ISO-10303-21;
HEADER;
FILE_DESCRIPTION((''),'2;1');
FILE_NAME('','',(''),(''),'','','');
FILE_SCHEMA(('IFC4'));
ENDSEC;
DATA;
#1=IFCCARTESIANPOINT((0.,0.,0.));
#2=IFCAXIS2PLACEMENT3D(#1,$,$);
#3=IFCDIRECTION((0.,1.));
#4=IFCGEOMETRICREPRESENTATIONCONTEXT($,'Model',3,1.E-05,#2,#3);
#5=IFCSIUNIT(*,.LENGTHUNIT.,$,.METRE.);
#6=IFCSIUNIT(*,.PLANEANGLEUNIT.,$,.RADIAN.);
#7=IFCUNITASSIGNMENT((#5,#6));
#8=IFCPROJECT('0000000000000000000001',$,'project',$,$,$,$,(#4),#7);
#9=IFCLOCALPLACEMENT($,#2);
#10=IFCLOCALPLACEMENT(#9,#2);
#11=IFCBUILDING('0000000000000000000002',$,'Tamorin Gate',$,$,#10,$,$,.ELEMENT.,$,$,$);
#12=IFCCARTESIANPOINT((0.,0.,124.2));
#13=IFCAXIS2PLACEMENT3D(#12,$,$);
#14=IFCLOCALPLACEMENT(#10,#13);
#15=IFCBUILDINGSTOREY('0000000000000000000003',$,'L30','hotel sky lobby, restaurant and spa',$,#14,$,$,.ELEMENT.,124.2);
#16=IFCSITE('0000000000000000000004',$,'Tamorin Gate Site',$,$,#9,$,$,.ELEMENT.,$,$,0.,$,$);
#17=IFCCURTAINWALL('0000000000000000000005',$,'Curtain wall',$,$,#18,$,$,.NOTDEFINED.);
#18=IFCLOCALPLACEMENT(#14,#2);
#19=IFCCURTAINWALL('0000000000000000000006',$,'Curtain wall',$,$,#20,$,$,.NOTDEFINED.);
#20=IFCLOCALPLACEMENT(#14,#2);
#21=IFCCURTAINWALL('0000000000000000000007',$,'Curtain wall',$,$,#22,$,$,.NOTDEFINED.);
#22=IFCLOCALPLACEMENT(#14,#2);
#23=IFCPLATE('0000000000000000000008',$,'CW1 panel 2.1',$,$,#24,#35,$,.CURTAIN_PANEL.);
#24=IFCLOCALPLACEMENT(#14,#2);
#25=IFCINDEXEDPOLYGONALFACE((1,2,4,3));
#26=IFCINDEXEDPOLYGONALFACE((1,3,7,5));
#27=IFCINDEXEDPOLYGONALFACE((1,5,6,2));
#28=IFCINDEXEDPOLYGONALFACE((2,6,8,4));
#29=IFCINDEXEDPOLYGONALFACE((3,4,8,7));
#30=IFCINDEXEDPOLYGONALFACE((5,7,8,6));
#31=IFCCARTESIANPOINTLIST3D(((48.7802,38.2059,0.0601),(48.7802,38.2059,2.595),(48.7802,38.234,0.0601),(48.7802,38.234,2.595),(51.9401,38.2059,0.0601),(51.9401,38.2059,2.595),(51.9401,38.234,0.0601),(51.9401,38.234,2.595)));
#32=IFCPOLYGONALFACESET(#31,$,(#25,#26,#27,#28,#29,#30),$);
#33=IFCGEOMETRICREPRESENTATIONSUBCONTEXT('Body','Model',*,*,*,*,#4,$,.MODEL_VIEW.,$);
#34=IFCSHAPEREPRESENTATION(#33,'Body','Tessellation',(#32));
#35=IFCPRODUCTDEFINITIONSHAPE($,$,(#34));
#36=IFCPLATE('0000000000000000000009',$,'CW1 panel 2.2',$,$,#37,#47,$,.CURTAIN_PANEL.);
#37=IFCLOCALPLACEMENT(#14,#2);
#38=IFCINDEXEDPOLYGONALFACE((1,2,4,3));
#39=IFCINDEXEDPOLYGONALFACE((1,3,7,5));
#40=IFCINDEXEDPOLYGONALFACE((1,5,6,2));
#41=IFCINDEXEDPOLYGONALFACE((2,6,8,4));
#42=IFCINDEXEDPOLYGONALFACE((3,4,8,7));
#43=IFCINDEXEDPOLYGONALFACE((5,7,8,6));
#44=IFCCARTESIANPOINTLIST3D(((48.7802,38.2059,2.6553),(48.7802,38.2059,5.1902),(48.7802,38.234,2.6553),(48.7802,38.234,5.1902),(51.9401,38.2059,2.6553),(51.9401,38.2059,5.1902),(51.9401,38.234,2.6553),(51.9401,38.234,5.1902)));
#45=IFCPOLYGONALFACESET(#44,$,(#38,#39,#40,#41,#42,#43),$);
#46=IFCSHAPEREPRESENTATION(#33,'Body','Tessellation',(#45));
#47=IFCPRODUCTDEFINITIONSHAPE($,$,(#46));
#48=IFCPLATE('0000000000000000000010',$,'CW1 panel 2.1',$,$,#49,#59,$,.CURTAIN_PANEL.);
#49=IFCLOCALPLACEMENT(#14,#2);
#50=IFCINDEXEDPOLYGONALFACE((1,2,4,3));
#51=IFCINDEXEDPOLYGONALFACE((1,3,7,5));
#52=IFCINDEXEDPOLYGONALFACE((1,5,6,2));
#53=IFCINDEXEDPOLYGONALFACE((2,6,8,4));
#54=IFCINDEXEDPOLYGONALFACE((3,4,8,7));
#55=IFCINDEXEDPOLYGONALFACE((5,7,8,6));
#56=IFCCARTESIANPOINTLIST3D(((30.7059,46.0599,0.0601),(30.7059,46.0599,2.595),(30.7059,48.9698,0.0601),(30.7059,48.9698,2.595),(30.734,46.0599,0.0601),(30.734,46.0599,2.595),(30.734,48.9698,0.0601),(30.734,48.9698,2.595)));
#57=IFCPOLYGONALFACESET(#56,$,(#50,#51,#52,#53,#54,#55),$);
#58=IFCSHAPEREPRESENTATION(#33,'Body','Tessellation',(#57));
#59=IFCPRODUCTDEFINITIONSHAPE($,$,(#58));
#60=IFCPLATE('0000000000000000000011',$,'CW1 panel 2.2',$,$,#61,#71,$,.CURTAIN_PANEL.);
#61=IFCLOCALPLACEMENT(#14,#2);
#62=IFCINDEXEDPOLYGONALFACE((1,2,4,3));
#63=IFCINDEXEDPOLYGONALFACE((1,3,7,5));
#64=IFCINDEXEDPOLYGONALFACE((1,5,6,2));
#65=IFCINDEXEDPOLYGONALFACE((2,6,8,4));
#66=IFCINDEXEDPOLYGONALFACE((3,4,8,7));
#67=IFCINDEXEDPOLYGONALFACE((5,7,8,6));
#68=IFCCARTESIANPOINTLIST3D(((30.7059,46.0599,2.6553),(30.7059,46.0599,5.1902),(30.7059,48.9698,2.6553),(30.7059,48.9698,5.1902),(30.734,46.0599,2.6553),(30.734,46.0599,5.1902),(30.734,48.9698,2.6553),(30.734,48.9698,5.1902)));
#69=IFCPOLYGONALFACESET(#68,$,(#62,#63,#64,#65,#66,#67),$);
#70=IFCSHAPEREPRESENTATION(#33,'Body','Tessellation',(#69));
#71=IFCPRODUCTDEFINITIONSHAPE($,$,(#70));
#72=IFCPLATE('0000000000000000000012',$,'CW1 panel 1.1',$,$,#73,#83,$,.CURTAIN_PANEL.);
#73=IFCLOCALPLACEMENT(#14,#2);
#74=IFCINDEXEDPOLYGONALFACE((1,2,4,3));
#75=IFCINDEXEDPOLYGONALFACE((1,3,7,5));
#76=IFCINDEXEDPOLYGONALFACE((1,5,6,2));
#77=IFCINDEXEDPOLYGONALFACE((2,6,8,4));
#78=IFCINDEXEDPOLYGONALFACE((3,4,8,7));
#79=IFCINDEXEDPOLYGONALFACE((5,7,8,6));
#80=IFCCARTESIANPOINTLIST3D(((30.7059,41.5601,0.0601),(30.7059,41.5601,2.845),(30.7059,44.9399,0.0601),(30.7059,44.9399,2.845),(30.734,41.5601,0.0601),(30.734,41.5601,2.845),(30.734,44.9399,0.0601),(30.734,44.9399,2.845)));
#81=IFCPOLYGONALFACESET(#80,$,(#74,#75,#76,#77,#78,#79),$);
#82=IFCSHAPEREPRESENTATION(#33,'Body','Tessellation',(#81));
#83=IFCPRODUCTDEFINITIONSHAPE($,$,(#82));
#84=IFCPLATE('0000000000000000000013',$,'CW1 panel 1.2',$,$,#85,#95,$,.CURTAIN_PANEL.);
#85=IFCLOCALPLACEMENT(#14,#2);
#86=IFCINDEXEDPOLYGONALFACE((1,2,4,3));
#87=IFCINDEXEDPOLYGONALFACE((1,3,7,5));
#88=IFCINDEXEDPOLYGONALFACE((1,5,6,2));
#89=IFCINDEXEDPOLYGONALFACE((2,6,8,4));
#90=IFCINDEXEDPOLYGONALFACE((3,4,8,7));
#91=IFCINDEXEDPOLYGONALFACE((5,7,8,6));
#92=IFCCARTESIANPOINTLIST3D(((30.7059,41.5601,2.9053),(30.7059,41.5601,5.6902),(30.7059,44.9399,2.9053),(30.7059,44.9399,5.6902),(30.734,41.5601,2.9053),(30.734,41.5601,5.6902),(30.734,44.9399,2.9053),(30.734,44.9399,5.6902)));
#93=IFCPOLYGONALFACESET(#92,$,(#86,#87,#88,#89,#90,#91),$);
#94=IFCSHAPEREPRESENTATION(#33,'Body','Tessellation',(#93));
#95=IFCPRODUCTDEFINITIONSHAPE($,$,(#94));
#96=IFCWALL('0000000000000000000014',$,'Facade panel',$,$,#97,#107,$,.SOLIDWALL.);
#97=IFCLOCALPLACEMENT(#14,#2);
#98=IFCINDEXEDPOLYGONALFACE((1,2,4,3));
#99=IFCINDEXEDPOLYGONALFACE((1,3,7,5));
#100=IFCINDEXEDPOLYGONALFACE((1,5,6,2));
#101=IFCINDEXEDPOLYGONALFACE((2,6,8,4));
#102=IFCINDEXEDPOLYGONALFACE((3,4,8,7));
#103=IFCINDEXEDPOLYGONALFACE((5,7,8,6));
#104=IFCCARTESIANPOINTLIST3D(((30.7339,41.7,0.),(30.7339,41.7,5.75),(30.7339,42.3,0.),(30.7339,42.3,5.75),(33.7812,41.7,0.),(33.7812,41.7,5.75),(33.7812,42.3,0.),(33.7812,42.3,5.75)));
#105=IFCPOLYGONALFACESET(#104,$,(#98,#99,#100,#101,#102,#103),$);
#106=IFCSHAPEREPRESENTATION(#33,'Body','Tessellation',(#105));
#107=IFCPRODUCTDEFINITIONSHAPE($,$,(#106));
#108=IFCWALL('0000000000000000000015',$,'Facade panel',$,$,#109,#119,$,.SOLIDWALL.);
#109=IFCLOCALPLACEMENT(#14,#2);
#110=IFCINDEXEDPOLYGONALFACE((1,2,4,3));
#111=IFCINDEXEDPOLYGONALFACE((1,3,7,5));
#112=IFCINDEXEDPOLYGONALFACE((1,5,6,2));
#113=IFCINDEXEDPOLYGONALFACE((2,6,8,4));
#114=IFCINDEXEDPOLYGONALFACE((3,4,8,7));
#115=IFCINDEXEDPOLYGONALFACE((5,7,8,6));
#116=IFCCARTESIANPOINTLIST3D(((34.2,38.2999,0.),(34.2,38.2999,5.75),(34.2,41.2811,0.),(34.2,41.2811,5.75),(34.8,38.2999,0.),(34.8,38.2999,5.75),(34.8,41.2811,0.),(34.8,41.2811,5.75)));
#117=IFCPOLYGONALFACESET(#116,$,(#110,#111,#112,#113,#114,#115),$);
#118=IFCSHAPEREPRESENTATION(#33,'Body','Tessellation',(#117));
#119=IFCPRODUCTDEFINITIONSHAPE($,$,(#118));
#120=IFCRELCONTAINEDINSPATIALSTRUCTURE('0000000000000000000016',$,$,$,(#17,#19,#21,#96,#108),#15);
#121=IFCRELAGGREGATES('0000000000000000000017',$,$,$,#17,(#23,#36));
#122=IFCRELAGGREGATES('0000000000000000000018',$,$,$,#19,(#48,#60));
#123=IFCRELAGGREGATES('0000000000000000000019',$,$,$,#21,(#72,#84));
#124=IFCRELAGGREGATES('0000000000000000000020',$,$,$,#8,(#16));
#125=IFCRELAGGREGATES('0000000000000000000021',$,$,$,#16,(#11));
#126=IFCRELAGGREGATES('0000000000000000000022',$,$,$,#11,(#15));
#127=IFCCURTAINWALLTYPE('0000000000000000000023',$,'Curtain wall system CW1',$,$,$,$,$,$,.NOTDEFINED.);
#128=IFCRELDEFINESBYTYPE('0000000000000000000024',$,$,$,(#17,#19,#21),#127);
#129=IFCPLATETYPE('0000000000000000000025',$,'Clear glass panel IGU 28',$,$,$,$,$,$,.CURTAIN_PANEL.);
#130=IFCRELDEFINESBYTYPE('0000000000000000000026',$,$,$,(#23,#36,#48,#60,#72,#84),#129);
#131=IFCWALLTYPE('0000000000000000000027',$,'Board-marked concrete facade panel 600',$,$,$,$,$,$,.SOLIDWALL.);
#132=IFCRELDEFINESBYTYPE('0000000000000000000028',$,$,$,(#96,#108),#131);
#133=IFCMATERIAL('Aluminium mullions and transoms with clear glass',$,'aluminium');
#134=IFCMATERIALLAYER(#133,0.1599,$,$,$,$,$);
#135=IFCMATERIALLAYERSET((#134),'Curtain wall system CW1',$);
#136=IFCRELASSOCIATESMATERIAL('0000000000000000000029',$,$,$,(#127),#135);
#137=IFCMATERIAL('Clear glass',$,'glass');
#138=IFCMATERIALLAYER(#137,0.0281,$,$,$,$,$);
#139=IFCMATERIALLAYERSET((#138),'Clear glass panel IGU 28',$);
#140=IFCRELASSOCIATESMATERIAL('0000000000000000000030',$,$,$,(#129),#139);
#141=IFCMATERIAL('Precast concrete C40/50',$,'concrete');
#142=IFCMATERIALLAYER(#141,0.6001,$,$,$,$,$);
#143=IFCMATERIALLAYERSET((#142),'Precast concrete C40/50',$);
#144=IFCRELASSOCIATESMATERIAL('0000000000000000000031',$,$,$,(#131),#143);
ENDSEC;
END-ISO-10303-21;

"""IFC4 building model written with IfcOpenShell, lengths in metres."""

from ifc_helpers import new_model, si_unit, direction, frame, frame_2d, origin, origin_2d, place, context, subcontext, project, spatial, rectangle, extrude, material, layer, layer_set, type_object, element, aggregate, save


model = new_model("IFC4")

# Units and contexts
model_context = context("Model", 3, precision=1e-05, world=origin(), true_north=direction((0.0, 1.0)))
body_context = subcontext(model_context, "Body", "Model", "MODEL_VIEW")
ifc_project = project(units=[si_unit("LENGTHUNIT", "METRE"), si_unit("PLANEANGLEUNIT", "RADIAN")], contexts=[model_context])

# Site, building, storey
site_placement = place(None, origin())
site = spatial("IfcSite", under=ifc_project, at=site_placement, Name="Tamorin Gate Site", CompositionType="ELEMENT", RefElevation=0.0)
building_placement = place(site_placement, origin())
building = spatial("IfcBuilding", under=site, at=building_placement, Name="Tamorin Gate", CompositionType="ELEMENT")
storey_placement = place(building_placement, frame((0.0, 0.0, 124.2)))
storey = spatial("IfcBuildingStorey", under=building, at=storey_placement, Name="L30", Description="hotel sky lobby, restaurant and spa", CompositionType="ELEMENT", Elevation=124.2)

# Shared definitions
ifc_material_1 = material(Name="Aluminium mullions and transoms with clear glass", Category="aluminium")
ifc_layer_1 = layer(ifc_material_1, 0.1599)
ifc_layer_set_1 = layer_set([ifc_layer_1], Name="Curtain wall system CW1")
curtain_wall_type = type_object("IfcCurtainWallType", Name="Curtain wall system CW1", PredefinedType="NOTDEFINED", material=ifc_layer_set_1)

# Curtain walls
curtain_wall_1_placement = place(storey_placement, origin())
curtain_wall_1 = element("IfcCurtainWall", 1, at=curtain_wall_1_placement, inside=storey, type_object=curtain_wall_type, Name="Curtain wall", PredefinedType="NOTDEFINED")
curtain_wall_2_placement = place(storey_placement, origin())
curtain_wall_2 = element("IfcCurtainWall", 2, at=curtain_wall_2_placement, inside=storey, type_object=curtain_wall_type, Name="Curtain wall", PredefinedType="NOTDEFINED")
curtain_wall_3_placement = place(storey_placement, origin())
curtain_wall_3 = element("IfcCurtainWall", 3, at=curtain_wall_3_placement, inside=storey, type_object=curtain_wall_type, Name="Curtain wall", PredefinedType="NOTDEFINED")

# Plates
ifc_material_2 = material(Name="Clear glass", Category="glass")
ifc_layer_2 = layer(ifc_material_2, 0.0281)
ifc_layer_set_2 = layer_set([ifc_layer_2], Name="Clear glass panel IGU 28")
plate_type = type_object("IfcPlateType", Name="Clear glass panel IGU 28", PredefinedType="CURTAIN_PANEL", material=ifc_layer_set_2)
plate_1_placement = place(storey_placement, frame((50.3601, 38.22, 0.0601), z_axis=(0.0, 0.0, 1.0), x_axis=(1.0, 0.0, 0.0)))
plate_1 = element("IfcPlate", 4, at=plate_1_placement, type_object=plate_type, Name="CW1 panel 2.1", PredefinedType="CURTAIN_PANEL", context=body_context, shape_type="SweptSolid", body=[
    extrude(rectangle(XDim=3.1599, YDim=0.0281, at=origin_2d()), origin(), (0.0, 0.0, 1.0), 2.5349),
])
plate_2_placement = place(storey_placement, frame((50.3601, 38.22, 2.6553), z_axis=(0.0, 0.0, 1.0), x_axis=(1.0, 0.0, 0.0)))
plate_2 = element("IfcPlate", 5, at=plate_2_placement, type_object=plate_type, Name="CW1 panel 2.2", PredefinedType="CURTAIN_PANEL", context=body_context, shape_type="SweptSolid", body=[
    extrude(rectangle(XDim=3.1599, YDim=0.0281, at=origin_2d()), origin(), (0.0, 0.0, 1.0), 2.5349),
])
aggregate(curtain_wall_1, [plate_1, plate_2])
plate_3_placement = place(storey_placement, frame((30.72, 47.5149, 0.0601), z_axis=(0.0, 0.0, 1.0), x_axis=(0.0, -1.0, 0.0)))
plate_3 = element("IfcPlate", 6, at=plate_3_placement, type_object=plate_type, Name="CW1 panel 2.1", PredefinedType="CURTAIN_PANEL", context=body_context, shape_type="SweptSolid", body=[
    extrude(rectangle(XDim=2.9099, YDim=0.0281, at=origin_2d()), origin(), (0.0, 0.0, 1.0), 2.5349),
])
plate_4_placement = place(storey_placement, frame((30.72, 47.5149, 2.6553), z_axis=(0.0, 0.0, 1.0), x_axis=(0.0, -1.0, 0.0)))
plate_4 = element("IfcPlate", 7, at=plate_4_placement, type_object=plate_type, Name="CW1 panel 2.2", PredefinedType="CURTAIN_PANEL", context=body_context, shape_type="SweptSolid", body=[
    extrude(rectangle(XDim=2.9099, YDim=0.0281, at=origin_2d()), origin(), (0.0, 0.0, 1.0), 2.5349),
])
aggregate(curtain_wall_2, [plate_3, plate_4])
plate_5_placement = place(storey_placement, frame((30.72, 43.25, 0.0601), z_axis=(0.0, 0.0, 1.0), x_axis=(0.0, -1.0, 0.0)))
plate_5 = element("IfcPlate", 8, at=plate_5_placement, type_object=plate_type, Name="CW1 panel 1.1", PredefinedType="CURTAIN_PANEL", context=body_context, shape_type="SweptSolid", body=[
    extrude(rectangle(XDim=3.3799, YDim=0.0281, at=origin_2d()), origin(), (0.0, 0.0, 1.0), 2.7849),
])
plate_6_placement = place(storey_placement, frame((30.72, 43.25, 2.9053), z_axis=(0.0, 0.0, 1.0), x_axis=(0.0, -1.0, 0.0)))
plate_6 = element("IfcPlate", 9, at=plate_6_placement, type_object=plate_type, Name="CW1 panel 1.2", PredefinedType="CURTAIN_PANEL", context=body_context, shape_type="SweptSolid", body=[
    extrude(rectangle(XDim=3.3799, YDim=0.0281, at=origin_2d()), origin(), (0.0, 0.0, 1.0), 2.7849),
])
aggregate(curtain_wall_3, [plate_5, plate_6])

# Walls
ifc_material_3 = material(Name="Precast concrete C40/50", Category="concrete")
ifc_layer_3 = layer(ifc_material_3, 0.6001)
ifc_layer_set_3 = layer_set([ifc_layer_3], Name="Precast concrete C40/50")
wall_type = type_object("IfcWallType", Name="Board-marked concrete facade panel 600", PredefinedType="SOLIDWALL", material=ifc_layer_set_3)
wall_1_placement = place(storey_placement, frame((30.7339, 42.0, 0.0), z_axis=(0.0, 0.0, 1.0), x_axis=(1.0, 0.0, 0.0)))
element("IfcWall", 10, at=wall_1_placement, inside=storey, type_object=wall_type, Name="Facade panel", PredefinedType="SOLIDWALL", context=body_context, shape_type="SweptSolid", body=[
    extrude(rectangle(XDim=3.0474, YDim=0.6001, at=frame_2d((1.5237, 0.0))), origin(), (0.0, 0.0, 1.0), 5.75),
])
wall_2_placement = place(storey_placement, frame((34.5, 41.2812, 0.0), z_axis=(0.0, 0.0, 1.0), x_axis=(0.0, -1.0, 0.0)))
element("IfcWall", 11, at=wall_2_placement, inside=storey, type_object=wall_type, Name="Facade panel", PredefinedType="SOLIDWALL", context=body_context, shape_type="SweptSolid", body=[
    extrude(rectangle(XDim=2.9812, YDim=0.6001, at=frame_2d((1.4907, 0.0))), origin(), (0.0, 0.0, 1.0), 5.75),
])

save(model, "model.ifc")
